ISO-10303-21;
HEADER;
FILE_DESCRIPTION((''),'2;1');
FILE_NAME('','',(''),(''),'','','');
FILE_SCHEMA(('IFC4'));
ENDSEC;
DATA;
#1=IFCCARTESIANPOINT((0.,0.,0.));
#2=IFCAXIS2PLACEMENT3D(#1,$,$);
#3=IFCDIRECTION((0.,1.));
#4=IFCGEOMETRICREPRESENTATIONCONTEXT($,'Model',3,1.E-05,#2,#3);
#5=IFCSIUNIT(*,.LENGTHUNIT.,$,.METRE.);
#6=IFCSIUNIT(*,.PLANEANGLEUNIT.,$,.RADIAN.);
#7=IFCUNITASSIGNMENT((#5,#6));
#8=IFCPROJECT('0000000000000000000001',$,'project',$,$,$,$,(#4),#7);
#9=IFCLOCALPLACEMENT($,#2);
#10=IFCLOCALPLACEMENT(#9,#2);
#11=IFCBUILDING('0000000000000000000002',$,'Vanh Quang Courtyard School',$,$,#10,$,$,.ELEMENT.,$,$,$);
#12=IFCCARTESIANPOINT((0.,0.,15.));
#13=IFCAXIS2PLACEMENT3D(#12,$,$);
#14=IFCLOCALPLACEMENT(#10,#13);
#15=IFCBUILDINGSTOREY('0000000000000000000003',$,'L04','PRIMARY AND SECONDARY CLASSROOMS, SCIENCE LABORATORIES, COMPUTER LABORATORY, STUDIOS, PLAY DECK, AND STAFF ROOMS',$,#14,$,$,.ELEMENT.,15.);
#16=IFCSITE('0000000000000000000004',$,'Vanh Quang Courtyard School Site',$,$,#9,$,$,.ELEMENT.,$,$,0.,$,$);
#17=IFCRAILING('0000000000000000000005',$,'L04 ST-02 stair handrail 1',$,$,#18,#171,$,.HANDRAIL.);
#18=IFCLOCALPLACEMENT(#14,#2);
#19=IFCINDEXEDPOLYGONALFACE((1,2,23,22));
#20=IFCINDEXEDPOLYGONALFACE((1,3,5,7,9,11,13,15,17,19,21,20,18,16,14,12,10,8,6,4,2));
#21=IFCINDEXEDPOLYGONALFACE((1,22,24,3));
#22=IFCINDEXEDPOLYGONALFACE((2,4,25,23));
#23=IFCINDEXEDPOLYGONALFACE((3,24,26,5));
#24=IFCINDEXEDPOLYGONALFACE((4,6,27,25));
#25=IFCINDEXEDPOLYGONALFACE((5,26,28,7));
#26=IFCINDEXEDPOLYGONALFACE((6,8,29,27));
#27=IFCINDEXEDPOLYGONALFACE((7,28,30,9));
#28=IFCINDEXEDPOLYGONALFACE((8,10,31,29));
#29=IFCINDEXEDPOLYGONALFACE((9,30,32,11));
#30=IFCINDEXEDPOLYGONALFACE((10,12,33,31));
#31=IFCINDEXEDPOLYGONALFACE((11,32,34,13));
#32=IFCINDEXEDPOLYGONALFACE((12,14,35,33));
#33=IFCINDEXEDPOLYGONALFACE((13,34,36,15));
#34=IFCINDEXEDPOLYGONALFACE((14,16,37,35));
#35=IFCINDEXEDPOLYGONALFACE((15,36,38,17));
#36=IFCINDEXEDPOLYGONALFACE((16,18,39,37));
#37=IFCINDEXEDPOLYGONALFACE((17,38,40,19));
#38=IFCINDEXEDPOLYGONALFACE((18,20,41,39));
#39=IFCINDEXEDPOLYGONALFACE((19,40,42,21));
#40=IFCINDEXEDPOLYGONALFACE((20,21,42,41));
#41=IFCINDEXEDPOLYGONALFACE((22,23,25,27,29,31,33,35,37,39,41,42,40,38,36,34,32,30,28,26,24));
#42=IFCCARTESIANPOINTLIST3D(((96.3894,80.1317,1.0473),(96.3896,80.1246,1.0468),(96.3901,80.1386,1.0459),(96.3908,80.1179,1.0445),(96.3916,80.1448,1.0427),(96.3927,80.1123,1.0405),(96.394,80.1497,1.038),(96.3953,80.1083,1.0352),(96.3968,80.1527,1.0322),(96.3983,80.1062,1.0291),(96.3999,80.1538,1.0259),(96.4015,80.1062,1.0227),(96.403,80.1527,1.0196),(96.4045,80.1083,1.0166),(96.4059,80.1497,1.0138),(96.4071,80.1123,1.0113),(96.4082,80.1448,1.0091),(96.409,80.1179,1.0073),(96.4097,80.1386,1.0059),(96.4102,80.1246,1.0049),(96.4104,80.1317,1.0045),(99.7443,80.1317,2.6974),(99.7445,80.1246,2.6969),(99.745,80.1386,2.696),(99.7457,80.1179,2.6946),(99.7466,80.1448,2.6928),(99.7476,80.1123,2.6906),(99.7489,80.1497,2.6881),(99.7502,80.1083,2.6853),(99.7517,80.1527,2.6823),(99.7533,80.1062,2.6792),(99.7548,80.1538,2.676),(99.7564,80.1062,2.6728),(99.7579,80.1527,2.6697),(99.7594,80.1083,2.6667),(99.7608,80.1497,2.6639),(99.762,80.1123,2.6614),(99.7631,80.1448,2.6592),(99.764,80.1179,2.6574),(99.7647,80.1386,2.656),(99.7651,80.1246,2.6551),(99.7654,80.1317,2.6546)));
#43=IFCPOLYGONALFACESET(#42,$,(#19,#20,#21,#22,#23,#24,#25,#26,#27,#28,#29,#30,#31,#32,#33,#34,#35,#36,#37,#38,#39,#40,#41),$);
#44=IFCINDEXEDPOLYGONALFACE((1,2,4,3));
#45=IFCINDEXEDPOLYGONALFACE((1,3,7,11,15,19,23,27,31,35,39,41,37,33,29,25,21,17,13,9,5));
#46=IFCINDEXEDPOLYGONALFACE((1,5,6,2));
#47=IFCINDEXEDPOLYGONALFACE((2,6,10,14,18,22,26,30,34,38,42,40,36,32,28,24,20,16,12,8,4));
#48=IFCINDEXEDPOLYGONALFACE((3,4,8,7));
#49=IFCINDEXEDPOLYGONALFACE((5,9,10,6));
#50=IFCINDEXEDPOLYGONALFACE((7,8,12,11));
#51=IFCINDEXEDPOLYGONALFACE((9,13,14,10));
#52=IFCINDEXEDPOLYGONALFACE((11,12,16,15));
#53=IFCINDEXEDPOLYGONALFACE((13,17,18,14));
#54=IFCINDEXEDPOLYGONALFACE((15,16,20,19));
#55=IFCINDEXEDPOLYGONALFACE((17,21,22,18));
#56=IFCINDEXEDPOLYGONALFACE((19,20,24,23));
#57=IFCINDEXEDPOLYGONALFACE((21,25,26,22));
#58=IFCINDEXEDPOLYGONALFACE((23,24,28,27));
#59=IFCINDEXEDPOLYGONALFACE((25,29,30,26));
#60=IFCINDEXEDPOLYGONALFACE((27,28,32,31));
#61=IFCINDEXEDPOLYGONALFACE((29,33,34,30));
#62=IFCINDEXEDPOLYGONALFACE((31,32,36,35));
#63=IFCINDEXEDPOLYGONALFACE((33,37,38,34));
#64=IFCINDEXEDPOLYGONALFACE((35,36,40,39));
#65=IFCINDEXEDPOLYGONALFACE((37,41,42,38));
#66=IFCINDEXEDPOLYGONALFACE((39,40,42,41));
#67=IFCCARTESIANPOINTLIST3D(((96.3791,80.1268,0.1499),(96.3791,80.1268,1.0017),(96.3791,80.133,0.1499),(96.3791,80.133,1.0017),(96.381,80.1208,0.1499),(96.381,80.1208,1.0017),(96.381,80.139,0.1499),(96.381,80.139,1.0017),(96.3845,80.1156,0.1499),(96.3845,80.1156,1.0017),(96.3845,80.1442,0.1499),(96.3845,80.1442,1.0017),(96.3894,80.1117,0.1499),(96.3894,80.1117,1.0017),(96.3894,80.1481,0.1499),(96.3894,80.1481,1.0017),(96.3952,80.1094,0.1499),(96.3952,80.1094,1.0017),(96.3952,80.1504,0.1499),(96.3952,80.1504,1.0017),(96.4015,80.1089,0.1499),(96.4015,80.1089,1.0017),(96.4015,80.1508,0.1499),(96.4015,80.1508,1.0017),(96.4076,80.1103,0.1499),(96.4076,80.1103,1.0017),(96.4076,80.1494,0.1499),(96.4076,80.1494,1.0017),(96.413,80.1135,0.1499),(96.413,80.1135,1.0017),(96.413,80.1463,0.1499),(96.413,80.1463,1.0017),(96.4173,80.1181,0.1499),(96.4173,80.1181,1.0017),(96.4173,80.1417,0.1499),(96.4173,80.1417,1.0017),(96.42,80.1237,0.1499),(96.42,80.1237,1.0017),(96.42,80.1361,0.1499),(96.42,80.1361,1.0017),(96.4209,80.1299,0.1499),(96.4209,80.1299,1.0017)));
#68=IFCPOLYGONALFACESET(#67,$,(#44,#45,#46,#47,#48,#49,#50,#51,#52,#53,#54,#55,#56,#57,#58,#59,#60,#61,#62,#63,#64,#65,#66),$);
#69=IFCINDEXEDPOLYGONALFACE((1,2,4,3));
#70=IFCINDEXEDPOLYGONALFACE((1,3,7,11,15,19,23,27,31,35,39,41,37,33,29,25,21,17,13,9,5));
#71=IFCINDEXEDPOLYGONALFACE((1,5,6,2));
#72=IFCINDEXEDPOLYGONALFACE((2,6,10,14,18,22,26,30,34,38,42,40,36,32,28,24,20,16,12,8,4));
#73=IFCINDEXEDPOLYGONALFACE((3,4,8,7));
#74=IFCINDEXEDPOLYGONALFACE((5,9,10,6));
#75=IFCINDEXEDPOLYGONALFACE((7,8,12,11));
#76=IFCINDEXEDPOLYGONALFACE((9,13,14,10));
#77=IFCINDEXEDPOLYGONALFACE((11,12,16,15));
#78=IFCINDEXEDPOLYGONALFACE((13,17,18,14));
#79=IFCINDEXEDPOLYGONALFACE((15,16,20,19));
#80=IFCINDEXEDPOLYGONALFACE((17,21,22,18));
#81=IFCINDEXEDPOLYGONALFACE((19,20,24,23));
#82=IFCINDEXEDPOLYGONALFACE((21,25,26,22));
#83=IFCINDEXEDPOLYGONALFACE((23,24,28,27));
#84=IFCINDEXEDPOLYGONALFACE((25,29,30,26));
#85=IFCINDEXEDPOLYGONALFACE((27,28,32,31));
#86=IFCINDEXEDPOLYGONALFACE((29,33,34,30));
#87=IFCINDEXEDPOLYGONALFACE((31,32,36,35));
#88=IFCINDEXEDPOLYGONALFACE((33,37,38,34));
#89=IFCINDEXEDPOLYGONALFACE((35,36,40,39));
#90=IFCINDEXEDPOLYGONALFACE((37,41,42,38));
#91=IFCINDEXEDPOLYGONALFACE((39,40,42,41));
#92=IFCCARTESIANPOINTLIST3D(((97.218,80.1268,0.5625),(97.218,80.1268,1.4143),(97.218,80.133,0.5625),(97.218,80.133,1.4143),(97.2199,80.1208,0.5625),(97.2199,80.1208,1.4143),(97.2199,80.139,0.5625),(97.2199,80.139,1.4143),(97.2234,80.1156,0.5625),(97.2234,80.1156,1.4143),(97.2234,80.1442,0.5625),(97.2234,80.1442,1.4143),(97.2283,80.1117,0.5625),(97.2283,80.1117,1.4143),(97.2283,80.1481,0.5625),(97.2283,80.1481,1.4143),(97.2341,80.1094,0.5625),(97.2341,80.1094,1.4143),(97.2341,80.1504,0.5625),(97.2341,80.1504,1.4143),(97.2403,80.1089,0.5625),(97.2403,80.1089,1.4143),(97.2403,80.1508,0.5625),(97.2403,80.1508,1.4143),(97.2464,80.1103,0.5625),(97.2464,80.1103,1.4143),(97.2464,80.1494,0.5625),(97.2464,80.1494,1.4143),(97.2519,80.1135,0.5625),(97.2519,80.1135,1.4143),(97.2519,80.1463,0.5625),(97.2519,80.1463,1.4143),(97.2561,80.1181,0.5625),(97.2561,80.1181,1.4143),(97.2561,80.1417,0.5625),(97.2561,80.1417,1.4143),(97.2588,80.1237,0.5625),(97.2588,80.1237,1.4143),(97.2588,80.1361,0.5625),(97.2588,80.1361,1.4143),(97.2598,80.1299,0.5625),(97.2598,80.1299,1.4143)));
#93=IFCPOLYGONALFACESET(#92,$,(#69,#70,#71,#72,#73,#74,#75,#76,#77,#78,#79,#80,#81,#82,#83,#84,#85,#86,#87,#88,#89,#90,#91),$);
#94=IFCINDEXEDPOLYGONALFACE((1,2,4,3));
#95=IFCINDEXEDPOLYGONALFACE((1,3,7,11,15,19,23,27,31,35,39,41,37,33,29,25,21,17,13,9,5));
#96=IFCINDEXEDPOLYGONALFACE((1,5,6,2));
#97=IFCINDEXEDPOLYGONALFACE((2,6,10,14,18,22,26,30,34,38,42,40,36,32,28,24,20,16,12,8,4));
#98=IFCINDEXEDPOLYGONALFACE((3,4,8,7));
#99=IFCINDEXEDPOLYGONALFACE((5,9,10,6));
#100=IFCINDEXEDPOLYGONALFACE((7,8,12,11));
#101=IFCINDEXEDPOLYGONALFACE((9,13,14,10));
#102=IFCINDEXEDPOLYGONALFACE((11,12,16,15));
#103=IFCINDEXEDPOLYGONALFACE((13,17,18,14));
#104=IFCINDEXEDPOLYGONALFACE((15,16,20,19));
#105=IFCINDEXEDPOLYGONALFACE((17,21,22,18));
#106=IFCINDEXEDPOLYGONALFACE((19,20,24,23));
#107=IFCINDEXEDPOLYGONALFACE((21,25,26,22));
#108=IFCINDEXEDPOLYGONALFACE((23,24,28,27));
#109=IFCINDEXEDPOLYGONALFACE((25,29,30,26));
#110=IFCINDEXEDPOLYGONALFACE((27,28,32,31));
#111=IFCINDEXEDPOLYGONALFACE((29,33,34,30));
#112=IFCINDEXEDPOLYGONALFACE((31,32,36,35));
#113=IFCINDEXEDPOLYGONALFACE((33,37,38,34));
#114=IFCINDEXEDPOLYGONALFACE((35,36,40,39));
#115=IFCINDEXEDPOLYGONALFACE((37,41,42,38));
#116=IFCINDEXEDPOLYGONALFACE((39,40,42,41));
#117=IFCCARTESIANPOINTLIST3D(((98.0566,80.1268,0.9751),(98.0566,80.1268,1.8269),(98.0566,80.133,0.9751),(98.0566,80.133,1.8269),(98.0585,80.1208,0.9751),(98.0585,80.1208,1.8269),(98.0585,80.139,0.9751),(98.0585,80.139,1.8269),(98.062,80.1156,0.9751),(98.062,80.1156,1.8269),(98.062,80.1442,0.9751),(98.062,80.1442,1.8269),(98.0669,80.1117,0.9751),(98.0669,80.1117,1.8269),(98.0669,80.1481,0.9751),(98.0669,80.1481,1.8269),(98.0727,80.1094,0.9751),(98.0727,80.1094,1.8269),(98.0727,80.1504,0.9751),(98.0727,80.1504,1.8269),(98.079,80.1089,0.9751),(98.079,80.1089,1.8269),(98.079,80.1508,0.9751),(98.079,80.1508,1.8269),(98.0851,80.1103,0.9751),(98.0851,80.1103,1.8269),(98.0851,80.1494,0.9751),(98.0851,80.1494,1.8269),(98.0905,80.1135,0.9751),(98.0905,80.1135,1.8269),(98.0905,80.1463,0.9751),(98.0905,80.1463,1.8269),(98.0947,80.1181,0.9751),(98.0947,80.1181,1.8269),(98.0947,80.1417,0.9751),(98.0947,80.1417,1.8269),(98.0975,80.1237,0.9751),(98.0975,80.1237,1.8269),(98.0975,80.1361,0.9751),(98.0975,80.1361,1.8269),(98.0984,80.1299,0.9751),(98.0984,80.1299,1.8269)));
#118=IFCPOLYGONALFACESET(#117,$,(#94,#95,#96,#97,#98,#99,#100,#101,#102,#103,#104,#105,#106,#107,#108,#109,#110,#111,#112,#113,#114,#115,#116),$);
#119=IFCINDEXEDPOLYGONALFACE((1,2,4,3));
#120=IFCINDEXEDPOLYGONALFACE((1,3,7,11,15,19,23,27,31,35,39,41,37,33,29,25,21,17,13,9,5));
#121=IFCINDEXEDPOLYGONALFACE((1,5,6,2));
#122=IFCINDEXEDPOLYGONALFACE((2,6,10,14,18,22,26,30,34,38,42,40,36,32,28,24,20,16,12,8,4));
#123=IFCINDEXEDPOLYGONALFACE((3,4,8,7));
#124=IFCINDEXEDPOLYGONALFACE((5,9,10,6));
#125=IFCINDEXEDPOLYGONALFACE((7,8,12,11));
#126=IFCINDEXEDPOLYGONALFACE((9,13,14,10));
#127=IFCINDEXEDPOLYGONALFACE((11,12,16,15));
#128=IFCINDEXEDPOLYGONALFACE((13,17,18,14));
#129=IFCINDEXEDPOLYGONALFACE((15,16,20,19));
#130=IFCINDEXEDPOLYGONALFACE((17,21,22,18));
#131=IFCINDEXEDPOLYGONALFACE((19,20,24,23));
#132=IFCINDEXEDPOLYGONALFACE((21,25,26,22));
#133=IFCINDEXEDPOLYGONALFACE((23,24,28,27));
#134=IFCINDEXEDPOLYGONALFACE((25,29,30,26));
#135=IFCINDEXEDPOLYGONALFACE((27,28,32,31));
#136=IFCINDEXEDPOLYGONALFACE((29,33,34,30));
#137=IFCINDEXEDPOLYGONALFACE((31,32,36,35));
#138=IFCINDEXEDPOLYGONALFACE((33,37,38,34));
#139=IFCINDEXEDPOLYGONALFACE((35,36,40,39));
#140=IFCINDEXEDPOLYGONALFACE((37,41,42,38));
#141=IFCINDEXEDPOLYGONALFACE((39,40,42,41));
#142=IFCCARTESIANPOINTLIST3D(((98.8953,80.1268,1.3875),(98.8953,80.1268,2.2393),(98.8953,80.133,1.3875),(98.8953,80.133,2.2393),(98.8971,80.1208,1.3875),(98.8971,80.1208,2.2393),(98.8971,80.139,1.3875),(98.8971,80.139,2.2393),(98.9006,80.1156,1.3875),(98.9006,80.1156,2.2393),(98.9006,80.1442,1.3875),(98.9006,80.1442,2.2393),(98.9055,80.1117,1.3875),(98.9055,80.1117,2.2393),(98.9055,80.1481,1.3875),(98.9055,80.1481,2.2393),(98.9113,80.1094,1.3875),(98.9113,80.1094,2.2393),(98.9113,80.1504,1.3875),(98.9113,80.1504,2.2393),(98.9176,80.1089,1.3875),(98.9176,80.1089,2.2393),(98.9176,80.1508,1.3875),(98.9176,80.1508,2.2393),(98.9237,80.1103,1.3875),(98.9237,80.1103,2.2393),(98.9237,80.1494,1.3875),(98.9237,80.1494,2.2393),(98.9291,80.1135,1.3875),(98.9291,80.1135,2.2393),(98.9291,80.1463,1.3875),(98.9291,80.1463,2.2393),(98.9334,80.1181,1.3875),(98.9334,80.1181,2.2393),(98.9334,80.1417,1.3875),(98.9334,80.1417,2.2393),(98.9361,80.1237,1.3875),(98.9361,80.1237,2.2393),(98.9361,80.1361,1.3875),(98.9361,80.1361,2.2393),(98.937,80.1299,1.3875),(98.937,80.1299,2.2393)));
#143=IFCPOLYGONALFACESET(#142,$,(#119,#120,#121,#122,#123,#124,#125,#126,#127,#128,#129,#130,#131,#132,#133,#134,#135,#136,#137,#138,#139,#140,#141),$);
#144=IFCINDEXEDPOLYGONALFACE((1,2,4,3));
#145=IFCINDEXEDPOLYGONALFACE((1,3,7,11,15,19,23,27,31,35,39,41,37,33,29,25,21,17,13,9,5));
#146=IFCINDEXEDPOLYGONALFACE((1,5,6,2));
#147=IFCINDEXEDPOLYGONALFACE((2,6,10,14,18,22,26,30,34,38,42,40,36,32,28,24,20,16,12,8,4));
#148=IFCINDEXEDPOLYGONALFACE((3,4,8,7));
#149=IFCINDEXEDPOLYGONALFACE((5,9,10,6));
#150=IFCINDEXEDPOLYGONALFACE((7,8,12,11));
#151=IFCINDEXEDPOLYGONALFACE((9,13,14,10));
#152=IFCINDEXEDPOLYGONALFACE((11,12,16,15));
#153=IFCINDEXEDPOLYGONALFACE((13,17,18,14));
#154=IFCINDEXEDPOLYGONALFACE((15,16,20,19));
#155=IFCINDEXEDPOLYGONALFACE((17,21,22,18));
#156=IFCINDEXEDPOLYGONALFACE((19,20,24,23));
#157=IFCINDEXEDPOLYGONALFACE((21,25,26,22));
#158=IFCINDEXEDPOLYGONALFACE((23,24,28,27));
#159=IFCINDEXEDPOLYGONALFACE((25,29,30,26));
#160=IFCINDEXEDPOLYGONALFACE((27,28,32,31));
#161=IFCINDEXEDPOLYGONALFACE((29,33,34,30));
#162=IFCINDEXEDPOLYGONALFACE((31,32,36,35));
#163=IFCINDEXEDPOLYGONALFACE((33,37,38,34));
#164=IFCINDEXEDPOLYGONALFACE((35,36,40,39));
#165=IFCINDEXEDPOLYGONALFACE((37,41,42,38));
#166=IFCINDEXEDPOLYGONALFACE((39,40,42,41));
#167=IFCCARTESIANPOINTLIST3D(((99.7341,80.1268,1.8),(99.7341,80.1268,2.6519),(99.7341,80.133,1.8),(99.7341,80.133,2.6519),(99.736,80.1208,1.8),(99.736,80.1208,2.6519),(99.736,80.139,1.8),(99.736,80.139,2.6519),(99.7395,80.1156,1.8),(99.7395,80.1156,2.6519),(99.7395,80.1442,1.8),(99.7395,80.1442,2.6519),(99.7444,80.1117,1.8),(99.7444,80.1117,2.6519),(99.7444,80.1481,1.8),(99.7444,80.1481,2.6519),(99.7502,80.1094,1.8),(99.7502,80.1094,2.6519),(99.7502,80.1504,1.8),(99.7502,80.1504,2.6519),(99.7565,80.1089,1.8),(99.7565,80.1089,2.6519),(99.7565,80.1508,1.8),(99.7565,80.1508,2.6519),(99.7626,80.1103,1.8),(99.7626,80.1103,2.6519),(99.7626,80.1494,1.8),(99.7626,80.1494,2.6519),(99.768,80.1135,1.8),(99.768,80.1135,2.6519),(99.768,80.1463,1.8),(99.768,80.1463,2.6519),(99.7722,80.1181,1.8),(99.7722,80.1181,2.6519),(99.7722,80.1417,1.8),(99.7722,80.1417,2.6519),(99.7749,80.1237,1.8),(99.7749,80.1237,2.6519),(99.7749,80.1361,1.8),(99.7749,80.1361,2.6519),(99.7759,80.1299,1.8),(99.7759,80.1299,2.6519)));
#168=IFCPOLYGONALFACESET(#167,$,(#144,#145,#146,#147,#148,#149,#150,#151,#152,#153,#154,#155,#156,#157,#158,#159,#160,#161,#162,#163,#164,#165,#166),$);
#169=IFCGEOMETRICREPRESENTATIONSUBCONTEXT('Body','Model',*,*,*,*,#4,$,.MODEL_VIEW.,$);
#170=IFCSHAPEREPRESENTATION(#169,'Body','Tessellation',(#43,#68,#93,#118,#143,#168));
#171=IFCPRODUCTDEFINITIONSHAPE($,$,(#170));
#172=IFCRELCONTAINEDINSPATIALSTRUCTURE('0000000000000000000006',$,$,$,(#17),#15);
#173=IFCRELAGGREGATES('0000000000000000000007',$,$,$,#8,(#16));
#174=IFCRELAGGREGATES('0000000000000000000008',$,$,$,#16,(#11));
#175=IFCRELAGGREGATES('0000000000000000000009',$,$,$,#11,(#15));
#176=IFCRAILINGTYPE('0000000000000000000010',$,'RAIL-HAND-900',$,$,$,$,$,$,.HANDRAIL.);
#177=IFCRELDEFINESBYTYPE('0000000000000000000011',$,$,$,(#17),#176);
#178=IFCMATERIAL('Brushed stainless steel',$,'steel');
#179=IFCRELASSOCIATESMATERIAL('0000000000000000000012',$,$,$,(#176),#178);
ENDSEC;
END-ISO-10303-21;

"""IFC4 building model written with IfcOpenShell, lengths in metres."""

from ifc_helpers import new_model, si_unit, direction, frame, origin, origin_2d, place, context, subcontext, project, spatial, circle, extrude, material, type_object, element, save


model = new_model("IFC4")

# Units and contexts
model_context = context("Model", 3, precision=1e-05, world=origin(), true_north=direction((0.0, 1.0)))
body_context = subcontext(model_context, "Body", "Model", "MODEL_VIEW")
ifc_project = project(units=[si_unit("LENGTHUNIT", "METRE"), si_unit("PLANEANGLEUNIT", "RADIAN")], contexts=[model_context])

# Site, building, storey
site_placement = place(None, origin())
site = spatial("IfcSite", under=ifc_project, at=site_placement, Name="Vanh Quang Courtyard School Site", CompositionType="ELEMENT", RefElevation=0.0)
building_placement = place(site_placement, origin())
building = spatial("IfcBuilding", under=site, at=building_placement, Name="Vanh Quang Courtyard School", CompositionType="ELEMENT")
storey_placement = place(building_placement, frame((0.0, 0.0, 15.0)))
storey = spatial("IfcBuildingStorey", under=building, at=storey_placement, Name="L04", Description="PRIMARY AND SECONDARY CLASSROOMS, SCIENCE LABORATORIES, COMPUTER LABORATORY, STUDIOS, PLAY DECK, AND STAFF ROOMS", CompositionType="ELEMENT", Elevation=15.0)

# Railing
ifc_material_1 = material(Name="Brushed stainless steel", Category="steel")
railing_type_1 = type_object("IfcRailingType", Name="RAIL-HAND-900", PredefinedType="HANDRAIL", material=ifc_material_1)
railing_1_placement = place(storey_placement, frame((96.3999, 80.1299, 0.1499)))
element("IfcRailing", 1, at=railing_1_placement, inside=storey, type_object=railing_type_1, Name="L04 ST-02 stair handrail 1", PredefinedType="HANDRAIL", context=body_context, shape_type="SweptSolid", body=[
    extrude(circle(Radius=0.0239, at=origin_2d()), frame((0.0, 0.0, 0.876), z_axis=(0.897333, 0.0, 0.441353), x_axis=(0.0, 1.0, 0.0)), (0.0, 0.0, 1.0), 3.7388),
    extrude(circle(Radius=0.021, at=origin_2d()), origin(), (0.0, 0.0, 1.0), 0.8518),
    extrude(circle(Radius=0.021, at=origin_2d()), frame((0.8389, 0.0, 0.4126)), (0.0, 0.0, 1.0), 0.8518),
    extrude(circle(Radius=0.021, at=origin_2d()), frame((1.6775, 0.0, 0.8252)), (0.0, 0.0, 1.0), 0.8518),
    extrude(circle(Radius=0.021, at=origin_2d()), frame((2.5161, 0.0, 1.2375)), (0.0, 0.0, 1.0), 0.8518),
    extrude(circle(Radius=0.021, at=origin_2d()), frame((3.355, 0.0, 1.6501)), (0.0, 0.0, 1.0), 0.8518),
])

save(model, "model.ifc")
